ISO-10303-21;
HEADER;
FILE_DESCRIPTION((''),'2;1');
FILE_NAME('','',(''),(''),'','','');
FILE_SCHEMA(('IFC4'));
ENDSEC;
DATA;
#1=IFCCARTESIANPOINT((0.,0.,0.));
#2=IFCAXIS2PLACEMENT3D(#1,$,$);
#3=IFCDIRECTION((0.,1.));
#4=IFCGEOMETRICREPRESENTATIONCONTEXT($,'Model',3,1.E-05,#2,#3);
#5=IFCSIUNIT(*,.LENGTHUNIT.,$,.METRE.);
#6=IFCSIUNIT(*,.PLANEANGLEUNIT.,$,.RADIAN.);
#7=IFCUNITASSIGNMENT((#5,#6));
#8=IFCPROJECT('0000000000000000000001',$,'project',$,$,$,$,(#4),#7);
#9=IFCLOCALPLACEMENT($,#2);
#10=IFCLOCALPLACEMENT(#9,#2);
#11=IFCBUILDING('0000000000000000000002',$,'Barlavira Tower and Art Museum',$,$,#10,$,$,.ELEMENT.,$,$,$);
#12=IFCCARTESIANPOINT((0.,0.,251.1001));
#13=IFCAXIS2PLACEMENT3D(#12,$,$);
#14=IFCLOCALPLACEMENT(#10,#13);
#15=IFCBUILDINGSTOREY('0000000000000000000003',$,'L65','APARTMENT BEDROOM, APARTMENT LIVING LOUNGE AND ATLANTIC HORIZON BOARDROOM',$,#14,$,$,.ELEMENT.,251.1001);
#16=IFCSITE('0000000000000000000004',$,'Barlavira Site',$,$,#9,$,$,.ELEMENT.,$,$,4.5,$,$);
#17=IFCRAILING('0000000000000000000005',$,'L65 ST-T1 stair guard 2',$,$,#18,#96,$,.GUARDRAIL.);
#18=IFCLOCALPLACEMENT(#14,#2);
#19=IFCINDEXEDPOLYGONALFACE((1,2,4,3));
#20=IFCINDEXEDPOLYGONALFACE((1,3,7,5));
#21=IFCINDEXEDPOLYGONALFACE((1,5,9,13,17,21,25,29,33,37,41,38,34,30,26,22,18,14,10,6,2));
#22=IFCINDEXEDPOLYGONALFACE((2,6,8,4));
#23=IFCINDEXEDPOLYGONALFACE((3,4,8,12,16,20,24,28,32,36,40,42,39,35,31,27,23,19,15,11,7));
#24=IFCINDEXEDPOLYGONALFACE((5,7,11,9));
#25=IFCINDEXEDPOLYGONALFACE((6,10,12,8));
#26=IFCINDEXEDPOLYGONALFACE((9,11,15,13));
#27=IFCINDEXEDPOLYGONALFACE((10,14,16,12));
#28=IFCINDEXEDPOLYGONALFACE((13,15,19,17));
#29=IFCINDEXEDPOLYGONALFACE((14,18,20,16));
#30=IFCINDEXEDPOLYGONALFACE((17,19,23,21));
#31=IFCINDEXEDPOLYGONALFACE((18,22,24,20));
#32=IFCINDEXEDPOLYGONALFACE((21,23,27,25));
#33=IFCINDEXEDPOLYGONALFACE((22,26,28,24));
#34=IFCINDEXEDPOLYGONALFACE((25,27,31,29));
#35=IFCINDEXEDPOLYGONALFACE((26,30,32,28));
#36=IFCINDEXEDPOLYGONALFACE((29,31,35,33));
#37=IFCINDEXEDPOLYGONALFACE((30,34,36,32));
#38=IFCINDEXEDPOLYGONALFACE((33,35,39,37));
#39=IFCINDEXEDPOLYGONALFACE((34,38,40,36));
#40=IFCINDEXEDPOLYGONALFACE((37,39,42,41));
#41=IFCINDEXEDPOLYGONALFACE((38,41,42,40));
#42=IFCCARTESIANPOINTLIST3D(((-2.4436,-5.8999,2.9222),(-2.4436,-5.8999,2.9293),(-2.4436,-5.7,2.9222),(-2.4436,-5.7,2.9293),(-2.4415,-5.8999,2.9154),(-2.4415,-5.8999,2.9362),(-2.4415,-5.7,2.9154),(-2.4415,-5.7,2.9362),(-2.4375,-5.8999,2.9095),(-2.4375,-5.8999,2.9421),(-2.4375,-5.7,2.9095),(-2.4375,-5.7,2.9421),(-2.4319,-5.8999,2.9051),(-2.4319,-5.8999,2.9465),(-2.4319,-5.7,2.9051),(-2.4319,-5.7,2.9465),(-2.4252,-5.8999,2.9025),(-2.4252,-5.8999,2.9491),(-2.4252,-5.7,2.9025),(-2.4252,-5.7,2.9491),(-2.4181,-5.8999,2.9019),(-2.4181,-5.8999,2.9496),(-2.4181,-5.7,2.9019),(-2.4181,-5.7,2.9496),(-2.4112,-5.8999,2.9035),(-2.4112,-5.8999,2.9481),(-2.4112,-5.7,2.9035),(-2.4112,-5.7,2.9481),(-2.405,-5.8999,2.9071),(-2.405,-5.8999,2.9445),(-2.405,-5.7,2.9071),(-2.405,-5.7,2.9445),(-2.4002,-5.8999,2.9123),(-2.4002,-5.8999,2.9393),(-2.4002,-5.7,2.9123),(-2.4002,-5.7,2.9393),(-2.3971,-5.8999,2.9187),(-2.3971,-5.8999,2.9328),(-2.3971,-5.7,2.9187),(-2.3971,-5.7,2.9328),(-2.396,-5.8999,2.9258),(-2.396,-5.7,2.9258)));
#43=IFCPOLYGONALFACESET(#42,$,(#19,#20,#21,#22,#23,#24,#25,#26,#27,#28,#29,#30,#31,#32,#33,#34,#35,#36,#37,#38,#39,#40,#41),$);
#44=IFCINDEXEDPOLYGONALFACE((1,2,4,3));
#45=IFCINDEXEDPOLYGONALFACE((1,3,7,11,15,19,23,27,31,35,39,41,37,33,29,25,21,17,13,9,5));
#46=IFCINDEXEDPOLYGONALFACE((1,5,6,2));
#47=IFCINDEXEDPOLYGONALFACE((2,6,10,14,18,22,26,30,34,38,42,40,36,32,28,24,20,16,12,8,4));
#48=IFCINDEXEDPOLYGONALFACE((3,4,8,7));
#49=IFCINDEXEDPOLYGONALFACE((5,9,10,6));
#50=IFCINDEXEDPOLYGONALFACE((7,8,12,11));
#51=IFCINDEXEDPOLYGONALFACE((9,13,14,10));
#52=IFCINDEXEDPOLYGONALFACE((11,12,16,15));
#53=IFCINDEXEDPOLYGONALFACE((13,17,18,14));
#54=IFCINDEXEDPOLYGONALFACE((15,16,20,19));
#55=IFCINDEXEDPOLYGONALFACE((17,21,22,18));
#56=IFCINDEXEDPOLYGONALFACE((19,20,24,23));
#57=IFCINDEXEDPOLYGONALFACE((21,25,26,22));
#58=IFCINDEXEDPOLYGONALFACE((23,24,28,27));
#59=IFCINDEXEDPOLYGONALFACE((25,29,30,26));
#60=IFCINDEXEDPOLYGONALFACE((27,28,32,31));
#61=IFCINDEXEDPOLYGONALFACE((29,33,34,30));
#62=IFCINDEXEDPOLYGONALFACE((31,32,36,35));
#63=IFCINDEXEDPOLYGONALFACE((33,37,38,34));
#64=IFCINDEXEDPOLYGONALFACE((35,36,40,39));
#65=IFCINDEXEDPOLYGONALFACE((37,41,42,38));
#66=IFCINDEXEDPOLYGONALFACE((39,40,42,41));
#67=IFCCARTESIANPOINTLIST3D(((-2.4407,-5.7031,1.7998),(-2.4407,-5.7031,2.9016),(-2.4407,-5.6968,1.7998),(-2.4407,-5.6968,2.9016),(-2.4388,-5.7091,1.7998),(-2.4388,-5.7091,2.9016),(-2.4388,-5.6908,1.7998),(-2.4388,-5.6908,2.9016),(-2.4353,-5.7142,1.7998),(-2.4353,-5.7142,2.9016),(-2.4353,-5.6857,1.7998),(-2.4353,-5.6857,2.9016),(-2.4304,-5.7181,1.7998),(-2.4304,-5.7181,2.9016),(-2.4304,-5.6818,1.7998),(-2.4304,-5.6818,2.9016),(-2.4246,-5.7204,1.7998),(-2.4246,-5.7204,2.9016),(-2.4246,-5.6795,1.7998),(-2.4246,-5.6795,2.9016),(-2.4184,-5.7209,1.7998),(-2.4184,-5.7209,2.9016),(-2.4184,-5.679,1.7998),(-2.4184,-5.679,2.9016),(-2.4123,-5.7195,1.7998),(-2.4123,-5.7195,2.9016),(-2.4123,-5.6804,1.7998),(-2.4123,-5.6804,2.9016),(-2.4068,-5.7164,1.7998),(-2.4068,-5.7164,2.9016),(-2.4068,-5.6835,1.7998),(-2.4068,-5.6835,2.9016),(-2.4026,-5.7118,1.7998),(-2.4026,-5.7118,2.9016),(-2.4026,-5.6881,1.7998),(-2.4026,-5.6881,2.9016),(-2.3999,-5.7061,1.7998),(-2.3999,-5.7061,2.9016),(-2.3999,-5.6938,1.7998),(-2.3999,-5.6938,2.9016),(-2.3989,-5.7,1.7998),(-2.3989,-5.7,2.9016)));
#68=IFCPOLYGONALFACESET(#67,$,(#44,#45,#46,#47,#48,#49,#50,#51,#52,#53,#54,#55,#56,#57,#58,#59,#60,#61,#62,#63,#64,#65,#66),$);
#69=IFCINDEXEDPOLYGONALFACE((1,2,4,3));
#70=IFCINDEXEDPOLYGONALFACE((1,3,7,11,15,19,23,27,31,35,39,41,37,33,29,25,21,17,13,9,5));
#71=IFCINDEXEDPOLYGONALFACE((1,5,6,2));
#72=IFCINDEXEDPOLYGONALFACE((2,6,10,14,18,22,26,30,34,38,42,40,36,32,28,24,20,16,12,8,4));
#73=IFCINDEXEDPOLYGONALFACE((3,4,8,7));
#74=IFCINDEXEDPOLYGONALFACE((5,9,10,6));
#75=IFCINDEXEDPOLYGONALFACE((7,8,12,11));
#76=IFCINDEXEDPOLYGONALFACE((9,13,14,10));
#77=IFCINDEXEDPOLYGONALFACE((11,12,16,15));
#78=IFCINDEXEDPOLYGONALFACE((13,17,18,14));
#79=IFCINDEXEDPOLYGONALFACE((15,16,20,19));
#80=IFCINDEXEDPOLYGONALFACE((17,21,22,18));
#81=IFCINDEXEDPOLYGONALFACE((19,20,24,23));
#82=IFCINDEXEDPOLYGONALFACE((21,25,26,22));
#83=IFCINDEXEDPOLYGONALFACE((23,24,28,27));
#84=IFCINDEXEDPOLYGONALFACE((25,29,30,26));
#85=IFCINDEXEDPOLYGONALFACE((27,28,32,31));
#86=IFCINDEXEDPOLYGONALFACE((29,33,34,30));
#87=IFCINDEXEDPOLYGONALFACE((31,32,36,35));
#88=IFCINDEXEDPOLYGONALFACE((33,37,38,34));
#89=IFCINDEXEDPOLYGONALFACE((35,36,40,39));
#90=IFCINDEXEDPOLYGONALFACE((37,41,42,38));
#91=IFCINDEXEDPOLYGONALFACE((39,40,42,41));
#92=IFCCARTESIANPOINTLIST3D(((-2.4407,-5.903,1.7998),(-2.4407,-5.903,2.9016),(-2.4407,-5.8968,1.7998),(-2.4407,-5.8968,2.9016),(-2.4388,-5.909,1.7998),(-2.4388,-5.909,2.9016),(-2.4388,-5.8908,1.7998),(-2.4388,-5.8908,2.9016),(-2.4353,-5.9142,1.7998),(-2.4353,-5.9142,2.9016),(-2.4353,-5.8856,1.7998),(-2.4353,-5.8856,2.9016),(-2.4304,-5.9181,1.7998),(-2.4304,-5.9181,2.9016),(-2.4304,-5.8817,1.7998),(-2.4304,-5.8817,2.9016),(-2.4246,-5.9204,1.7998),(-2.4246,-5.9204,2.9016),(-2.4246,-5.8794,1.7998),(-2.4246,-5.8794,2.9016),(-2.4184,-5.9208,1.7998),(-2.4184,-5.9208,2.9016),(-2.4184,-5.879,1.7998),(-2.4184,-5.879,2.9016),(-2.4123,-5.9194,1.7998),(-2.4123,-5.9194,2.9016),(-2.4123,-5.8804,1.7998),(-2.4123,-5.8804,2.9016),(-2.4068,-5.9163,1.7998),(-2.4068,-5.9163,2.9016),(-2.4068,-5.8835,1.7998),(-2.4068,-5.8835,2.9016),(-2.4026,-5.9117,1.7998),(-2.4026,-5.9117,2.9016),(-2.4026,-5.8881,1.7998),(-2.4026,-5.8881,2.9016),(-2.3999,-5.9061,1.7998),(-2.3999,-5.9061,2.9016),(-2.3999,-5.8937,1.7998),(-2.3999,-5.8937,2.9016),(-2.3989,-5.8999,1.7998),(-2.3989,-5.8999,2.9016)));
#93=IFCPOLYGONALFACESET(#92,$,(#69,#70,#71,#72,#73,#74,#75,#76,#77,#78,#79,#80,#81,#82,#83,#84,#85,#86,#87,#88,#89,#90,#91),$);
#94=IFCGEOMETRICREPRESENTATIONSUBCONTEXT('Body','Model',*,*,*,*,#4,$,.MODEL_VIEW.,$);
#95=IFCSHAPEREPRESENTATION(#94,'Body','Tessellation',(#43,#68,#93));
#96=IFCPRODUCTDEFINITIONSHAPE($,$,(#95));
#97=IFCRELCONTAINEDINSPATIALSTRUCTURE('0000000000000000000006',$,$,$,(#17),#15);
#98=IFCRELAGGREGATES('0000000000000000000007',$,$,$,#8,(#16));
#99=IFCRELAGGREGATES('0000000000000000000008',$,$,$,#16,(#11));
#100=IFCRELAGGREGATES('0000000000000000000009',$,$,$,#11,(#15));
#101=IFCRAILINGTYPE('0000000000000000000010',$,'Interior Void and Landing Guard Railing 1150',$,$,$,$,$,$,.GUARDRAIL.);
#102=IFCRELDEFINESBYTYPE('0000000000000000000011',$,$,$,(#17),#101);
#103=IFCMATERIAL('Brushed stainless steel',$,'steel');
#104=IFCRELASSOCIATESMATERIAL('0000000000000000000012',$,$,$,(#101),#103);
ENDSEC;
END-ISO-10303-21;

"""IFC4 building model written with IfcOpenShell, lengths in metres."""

from ifc_helpers import new_model, si_unit, direction, frame, origin, origin_2d, place, context, subcontext, project, spatial, circle, extrude, material, type_object, element, save


model = new_model("IFC4")

# Units and contexts
model_context = context("Model", 3, precision=1e-05, world=origin(), true_north=direction((0.0, 1.0)))
body_context = subcontext(model_context, "Body", "Model", "MODEL_VIEW")
ifc_project = project(units=[si_unit("LENGTHUNIT", "METRE"), si_unit("PLANEANGLEUNIT", "RADIAN")], contexts=[model_context])

# Site, building, storey
site_placement = place(None, origin())
site = spatial("IfcSite", under=ifc_project, at=site_placement, Name="Barlavira Site", CompositionType="ELEMENT", RefElevation=4.5)
building_placement = place(site_placement, origin())
building = spatial("IfcBuilding", under=site, at=building_placement, Name="Barlavira Tower and Art Museum", CompositionType="ELEMENT")
storey_placement = place(building_placement, frame((0.0, 0.0, 251.1001)))
storey = spatial("IfcBuildingStorey", under=building, at=storey_placement, Name="L65", Description="APARTMENT BEDROOM, APARTMENT LIVING LOUNGE AND ATLANTIC HORIZON BOARDROOM", CompositionType="ELEMENT", Elevation=251.1001)

# Shared definitions
ifc_material_1 = material(Name="Brushed stainless steel", Category="steel")

# Railing
railing_type_1 = type_object("IfcRailingType", Name="Interior Void and Landing Guard Railing 1150", PredefinedType="GUARDRAIL", material=ifc_material_1)
railing_1_placement = place(storey_placement, frame((-2.4199, -5.7, 1.7998)))
element("IfcRailing", 1, at=railing_1_placement, inside=storey, type_object=railing_type_1, Name="L65 ST-T1 stair guard 2", PredefinedType="GUARDRAIL", context=body_context, shape_type="SweptSolid", body=[
    extrude(circle(Radius=0.0239, at=origin_2d()), frame((0.0, 0.0, 1.126), z_axis=(0.0, -1.0, 0.0), x_axis=(1.0, 0.0, 0.0)), (0.0, 0.0, 1.0), 0.2),
    extrude(circle(Radius=0.021, at=origin_2d()), origin(), (0.0, 0.0, 1.0), 1.1018),
    extrude(circle(Radius=0.021, at=origin_2d()), frame((0.0, -0.2, 0.0)), (0.0, 0.0, 1.0), 1.1018),
])

save(model, "model.ifc")
